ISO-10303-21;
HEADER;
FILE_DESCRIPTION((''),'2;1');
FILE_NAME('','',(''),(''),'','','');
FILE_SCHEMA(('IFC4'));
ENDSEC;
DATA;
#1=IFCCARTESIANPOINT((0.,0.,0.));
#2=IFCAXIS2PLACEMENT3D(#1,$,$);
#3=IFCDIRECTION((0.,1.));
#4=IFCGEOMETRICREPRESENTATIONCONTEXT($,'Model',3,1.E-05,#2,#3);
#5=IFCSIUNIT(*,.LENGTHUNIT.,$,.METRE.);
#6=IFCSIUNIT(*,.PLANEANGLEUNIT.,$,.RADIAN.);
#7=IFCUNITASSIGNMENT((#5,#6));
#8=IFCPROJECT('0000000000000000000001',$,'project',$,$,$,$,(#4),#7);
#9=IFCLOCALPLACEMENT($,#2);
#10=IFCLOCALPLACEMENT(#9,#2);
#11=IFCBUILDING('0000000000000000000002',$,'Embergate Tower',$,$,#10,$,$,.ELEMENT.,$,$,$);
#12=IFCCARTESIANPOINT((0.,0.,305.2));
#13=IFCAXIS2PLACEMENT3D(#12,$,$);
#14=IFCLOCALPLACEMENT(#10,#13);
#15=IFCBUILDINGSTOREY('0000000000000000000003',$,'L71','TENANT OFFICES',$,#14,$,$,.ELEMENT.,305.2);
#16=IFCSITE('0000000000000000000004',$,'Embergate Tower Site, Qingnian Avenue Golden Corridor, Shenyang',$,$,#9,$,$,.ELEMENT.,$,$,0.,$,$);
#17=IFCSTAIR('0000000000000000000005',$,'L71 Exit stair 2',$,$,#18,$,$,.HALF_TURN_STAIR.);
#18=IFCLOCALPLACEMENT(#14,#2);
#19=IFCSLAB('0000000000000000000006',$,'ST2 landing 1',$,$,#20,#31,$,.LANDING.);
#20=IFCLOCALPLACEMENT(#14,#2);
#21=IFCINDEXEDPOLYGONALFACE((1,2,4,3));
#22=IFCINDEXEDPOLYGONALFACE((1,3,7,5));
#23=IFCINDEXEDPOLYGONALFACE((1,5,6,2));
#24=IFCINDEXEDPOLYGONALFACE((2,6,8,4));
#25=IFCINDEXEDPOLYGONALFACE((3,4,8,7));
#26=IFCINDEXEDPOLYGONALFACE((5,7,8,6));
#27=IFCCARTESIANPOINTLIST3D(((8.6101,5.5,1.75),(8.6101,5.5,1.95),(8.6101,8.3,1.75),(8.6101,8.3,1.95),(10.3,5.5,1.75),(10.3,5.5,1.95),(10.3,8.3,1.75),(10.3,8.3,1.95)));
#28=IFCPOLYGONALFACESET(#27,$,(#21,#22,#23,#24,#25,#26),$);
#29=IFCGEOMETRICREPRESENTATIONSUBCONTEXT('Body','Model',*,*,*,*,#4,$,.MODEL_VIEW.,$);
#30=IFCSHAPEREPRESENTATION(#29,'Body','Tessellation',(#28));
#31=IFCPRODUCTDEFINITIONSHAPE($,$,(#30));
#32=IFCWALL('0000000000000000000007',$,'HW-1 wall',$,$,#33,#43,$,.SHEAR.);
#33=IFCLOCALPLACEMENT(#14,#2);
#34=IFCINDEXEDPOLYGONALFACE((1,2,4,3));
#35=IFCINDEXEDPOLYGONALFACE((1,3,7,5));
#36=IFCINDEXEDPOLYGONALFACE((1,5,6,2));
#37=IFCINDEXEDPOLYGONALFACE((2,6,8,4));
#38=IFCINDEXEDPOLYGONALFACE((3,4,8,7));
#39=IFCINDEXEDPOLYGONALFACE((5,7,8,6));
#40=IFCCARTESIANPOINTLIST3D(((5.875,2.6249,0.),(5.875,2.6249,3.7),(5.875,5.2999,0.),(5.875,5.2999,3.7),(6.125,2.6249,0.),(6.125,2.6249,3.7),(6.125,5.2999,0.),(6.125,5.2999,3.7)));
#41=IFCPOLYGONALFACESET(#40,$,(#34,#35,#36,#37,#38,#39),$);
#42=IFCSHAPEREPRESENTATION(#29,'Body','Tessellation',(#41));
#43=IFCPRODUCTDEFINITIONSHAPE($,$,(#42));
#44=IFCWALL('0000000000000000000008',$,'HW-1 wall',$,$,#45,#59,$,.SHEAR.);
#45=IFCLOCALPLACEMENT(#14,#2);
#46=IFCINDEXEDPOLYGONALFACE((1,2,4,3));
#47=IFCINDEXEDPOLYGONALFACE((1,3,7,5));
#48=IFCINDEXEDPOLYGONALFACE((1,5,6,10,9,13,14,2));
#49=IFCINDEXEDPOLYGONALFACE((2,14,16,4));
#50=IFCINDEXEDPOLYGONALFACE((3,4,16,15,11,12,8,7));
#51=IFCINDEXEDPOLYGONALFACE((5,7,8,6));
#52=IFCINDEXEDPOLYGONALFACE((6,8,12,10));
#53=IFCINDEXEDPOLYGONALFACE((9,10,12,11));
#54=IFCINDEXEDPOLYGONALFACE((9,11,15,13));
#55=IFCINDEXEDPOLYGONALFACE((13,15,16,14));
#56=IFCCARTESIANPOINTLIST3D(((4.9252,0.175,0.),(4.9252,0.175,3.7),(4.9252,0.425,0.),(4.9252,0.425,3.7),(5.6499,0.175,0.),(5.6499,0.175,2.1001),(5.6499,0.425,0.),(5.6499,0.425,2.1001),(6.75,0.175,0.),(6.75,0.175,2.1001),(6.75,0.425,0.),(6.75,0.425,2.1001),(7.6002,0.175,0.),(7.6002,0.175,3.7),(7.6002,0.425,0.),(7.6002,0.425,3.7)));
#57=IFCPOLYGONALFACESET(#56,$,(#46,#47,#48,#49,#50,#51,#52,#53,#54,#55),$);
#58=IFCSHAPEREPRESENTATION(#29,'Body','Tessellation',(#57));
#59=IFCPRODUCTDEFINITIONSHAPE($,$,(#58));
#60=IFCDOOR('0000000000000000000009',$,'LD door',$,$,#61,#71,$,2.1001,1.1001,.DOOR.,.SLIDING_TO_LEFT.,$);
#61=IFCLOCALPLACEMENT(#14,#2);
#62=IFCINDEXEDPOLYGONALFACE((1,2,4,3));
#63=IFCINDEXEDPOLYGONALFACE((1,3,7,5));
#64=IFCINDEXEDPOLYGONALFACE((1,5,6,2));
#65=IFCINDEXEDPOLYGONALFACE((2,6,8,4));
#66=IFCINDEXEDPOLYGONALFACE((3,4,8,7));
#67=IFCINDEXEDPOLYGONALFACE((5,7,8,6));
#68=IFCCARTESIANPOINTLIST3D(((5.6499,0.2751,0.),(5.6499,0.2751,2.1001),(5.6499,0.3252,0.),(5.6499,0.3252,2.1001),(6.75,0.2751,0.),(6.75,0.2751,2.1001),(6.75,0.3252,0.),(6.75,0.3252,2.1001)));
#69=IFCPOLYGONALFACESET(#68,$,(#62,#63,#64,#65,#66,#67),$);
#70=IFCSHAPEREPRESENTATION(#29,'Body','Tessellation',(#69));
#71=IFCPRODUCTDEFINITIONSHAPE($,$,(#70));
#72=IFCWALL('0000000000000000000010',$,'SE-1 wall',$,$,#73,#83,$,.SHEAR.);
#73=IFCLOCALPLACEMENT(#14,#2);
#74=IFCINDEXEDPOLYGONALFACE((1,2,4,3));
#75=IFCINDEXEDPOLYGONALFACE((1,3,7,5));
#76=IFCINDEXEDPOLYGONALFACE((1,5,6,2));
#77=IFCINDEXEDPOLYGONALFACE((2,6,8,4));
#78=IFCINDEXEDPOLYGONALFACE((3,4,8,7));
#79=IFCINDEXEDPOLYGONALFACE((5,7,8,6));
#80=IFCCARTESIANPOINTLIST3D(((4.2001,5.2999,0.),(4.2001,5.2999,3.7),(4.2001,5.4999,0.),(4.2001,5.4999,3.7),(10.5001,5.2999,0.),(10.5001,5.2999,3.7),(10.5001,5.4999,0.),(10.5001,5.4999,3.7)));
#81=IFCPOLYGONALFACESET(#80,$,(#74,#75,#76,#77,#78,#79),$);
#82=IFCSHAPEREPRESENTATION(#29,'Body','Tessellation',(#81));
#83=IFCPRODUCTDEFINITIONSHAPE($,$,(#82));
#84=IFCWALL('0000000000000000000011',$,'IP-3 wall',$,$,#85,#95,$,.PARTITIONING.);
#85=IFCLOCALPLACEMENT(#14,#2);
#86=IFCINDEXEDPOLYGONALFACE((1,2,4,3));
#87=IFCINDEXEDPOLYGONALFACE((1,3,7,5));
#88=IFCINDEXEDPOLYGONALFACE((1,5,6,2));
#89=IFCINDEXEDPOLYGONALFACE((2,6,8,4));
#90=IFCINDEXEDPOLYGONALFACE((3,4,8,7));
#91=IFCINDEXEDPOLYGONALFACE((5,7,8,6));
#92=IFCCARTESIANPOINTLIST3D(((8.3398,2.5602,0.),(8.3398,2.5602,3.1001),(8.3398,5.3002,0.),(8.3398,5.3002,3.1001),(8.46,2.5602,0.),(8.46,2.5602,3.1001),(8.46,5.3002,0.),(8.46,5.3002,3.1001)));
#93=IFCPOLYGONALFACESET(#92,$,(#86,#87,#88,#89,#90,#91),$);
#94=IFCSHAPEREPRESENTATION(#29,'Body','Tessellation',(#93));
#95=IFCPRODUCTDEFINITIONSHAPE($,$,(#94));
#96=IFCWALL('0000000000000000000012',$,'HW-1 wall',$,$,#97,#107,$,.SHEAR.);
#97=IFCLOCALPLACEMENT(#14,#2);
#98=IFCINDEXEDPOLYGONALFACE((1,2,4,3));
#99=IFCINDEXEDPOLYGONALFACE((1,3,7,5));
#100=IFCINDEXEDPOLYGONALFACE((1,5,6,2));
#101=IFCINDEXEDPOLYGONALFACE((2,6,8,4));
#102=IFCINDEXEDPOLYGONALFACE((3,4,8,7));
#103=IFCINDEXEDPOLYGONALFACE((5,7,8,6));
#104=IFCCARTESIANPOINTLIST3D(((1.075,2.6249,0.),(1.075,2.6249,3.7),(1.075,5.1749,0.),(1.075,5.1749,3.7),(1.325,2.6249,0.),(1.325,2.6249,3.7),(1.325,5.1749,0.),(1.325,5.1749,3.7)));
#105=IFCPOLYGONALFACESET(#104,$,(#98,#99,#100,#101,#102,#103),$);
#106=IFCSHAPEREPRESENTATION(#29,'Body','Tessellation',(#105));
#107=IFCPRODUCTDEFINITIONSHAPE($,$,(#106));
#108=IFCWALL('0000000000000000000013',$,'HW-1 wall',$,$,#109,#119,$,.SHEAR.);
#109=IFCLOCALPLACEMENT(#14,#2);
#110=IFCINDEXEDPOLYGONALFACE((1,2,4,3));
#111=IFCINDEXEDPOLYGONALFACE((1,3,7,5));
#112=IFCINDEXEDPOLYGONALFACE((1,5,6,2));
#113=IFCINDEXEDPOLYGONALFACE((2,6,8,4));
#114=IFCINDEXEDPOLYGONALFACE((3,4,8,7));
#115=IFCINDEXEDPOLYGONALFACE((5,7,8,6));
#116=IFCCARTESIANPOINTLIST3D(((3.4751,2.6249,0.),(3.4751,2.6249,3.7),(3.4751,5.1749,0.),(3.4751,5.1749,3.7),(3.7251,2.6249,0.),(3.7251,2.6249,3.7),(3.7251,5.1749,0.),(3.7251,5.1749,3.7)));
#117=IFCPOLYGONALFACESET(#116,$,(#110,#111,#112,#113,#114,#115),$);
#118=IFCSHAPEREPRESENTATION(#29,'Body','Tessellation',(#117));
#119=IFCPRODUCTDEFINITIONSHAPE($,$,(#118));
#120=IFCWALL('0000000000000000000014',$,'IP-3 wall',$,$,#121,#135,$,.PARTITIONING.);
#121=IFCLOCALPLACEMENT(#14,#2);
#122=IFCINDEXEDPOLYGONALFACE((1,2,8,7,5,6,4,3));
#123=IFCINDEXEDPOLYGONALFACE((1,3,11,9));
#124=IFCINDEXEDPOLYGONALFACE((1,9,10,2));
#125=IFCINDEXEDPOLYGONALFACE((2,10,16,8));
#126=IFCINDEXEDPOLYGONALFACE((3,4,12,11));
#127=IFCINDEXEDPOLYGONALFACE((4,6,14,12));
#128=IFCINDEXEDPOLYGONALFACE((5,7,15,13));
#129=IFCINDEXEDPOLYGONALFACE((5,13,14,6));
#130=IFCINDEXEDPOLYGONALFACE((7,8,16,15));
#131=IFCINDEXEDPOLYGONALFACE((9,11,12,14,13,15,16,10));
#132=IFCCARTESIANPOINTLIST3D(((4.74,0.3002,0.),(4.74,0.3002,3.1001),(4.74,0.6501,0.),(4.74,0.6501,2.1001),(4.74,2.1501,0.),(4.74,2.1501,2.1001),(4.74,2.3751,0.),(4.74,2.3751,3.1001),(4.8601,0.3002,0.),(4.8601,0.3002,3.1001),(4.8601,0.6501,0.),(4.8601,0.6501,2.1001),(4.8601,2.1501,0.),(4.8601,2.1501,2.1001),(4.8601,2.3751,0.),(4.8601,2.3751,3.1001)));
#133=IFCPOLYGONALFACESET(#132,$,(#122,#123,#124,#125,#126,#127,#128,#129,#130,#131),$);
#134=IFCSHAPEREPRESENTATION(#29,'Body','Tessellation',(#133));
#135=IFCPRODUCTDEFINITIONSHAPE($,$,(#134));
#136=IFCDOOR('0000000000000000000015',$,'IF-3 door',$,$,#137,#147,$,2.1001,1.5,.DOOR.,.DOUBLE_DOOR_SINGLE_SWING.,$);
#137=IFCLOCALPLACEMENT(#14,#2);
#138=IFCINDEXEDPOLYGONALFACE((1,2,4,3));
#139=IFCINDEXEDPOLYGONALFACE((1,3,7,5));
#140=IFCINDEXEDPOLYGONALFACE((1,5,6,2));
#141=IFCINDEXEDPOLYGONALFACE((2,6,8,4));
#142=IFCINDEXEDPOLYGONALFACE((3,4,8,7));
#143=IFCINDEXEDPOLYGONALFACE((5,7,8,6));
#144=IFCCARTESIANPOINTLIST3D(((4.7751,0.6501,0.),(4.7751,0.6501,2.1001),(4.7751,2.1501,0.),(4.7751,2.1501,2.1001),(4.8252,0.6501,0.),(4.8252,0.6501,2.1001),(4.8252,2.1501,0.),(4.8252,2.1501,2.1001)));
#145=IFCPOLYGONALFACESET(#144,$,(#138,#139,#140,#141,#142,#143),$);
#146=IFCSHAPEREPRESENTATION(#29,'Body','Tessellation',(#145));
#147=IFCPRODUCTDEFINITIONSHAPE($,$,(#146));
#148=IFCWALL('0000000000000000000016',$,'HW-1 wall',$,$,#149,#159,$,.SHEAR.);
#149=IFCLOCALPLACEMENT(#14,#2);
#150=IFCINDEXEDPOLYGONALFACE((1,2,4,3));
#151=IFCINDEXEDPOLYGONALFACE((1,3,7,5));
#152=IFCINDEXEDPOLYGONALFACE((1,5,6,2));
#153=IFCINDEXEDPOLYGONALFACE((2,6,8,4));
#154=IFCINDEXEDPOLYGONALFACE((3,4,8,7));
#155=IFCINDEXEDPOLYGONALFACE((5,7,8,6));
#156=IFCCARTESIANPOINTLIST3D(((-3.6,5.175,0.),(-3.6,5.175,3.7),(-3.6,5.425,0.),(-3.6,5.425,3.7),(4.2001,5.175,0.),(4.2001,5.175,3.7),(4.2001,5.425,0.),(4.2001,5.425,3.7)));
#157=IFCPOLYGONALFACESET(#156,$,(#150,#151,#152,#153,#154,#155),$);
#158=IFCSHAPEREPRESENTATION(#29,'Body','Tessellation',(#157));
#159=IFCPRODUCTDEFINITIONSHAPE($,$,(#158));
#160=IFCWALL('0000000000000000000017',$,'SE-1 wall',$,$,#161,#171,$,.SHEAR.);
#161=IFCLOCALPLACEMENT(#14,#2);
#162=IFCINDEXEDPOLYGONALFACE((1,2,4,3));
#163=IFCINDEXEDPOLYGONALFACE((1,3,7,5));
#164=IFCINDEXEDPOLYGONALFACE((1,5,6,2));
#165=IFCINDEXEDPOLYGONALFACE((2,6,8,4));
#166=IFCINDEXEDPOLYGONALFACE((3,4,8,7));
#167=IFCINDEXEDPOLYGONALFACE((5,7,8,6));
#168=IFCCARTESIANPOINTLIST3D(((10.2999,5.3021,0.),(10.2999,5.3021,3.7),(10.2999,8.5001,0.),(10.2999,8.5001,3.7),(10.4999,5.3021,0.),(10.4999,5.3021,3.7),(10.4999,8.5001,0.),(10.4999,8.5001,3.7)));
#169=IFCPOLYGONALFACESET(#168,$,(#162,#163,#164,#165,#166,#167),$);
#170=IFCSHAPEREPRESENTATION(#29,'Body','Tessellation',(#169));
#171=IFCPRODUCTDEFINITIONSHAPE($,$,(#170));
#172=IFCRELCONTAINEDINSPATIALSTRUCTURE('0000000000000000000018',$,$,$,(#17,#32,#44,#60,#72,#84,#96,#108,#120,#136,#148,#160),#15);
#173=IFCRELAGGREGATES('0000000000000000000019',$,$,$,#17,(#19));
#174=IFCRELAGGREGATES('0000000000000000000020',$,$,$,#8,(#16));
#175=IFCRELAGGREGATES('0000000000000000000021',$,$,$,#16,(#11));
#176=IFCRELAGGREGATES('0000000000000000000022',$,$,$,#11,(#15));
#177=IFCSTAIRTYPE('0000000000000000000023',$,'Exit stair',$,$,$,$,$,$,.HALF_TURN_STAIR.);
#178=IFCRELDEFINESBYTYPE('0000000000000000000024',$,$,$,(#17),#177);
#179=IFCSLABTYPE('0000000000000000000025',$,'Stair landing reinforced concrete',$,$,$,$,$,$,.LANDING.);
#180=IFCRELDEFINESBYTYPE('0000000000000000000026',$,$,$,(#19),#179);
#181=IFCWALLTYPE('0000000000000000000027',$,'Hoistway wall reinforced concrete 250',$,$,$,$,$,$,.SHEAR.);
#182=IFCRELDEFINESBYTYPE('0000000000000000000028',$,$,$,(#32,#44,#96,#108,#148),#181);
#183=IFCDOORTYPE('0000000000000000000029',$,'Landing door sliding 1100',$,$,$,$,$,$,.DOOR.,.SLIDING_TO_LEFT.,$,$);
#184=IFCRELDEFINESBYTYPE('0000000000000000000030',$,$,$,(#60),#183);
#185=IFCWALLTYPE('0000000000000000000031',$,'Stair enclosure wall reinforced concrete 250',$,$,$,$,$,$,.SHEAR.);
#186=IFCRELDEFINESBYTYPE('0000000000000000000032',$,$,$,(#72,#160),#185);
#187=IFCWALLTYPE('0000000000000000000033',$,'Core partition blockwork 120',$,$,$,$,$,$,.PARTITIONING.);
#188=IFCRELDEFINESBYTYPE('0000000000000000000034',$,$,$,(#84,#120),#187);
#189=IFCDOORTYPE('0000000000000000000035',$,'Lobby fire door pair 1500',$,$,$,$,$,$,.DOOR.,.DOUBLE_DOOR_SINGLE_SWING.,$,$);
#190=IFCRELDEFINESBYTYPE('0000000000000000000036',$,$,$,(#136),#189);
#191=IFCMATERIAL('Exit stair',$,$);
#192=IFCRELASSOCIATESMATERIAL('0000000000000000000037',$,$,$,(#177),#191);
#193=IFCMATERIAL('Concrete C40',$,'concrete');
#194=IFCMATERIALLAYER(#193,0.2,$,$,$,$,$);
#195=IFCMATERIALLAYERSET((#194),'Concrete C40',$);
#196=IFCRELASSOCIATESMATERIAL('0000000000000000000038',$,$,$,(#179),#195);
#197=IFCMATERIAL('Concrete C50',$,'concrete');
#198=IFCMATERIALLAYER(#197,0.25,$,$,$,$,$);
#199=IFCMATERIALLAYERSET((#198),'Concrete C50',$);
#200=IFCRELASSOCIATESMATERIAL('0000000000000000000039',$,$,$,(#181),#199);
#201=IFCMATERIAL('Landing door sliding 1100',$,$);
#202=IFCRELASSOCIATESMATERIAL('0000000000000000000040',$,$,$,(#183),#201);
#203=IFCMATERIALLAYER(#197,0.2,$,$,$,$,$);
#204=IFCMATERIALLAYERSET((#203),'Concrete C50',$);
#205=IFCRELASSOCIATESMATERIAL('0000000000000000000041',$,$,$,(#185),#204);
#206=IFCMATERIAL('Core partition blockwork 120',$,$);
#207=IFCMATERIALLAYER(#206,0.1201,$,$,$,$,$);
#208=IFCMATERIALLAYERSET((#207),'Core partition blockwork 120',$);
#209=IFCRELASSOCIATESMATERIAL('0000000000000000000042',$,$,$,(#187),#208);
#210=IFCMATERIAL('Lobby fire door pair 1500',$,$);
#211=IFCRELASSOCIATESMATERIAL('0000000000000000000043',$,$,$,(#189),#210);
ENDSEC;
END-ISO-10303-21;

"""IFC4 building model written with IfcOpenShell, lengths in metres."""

from ifc_helpers import new_model, si_unit, direction, frame, frame_2d, origin, place, context, subcontext, project, spatial, polyline, rectangle, outline, extrude, source, transform, mapped, material, layer, layer_set, type_object, element, fill, aggregate, save


model = new_model("IFC4")

# Units and contexts
model_context = context("Model", 3, precision=1e-05, world=origin(), true_north=direction((0.0, 1.0)))
body_context = subcontext(model_context, "Body", "Model", "MODEL_VIEW")
ifc_project = project(units=[si_unit("LENGTHUNIT", "METRE"), si_unit("PLANEANGLEUNIT", "RADIAN")], contexts=[model_context])

# Site, building, storey
site_placement = place(None, origin())
site = spatial("IfcSite", under=ifc_project, at=site_placement, Name="Embergate Tower Site, Qingnian Avenue Golden Corridor, Shenyang", CompositionType="ELEMENT", RefElevation=0.0)
building_placement = place(site_placement, origin())
building = spatial("IfcBuilding", under=site, at=building_placement, Name="Embergate Tower", CompositionType="ELEMENT")
storey_placement = place(building_placement, frame((0.0, 0.0, 305.2)))
storey = spatial("IfcBuildingStorey", under=building, at=storey_placement, Name="L71", Description="TENANT OFFICES", CompositionType="ELEMENT", Elevation=305.2)

# Stair, slab
ifc_material_1 = material(Name="Exit stair")
stair_type = type_object("IfcStairType", Name="Exit stair", PredefinedType="HALF_TURN_STAIR", material=ifc_material_1)
stair_placement = place(storey_placement, origin())
stair = element("IfcStair", 1, at=stair_placement, inside=storey, type_object=stair_type, Name="L71 Exit stair 2", PredefinedType="HALF_TURN_STAIR")
ifc_material_2 = material(Name="Concrete C40", Category="concrete")
ifc_layer_1 = layer(ifc_material_2, 0.2)
ifc_layer_set_1 = layer_set([ifc_layer_1], Name="Concrete C40")
slab_type = type_object("IfcSlabType", Name="Stair landing reinforced concrete", PredefinedType="LANDING", material=ifc_layer_set_1)
shared_shape_1 = source(origin(), body_context, "Body", "SweptSolid", [
    extrude(outline(polyline([(0.0, 0.0), (1.6899, 0.0), (1.6899, 2.8), (0.0, 2.8), (0.0, 0.0)])), origin(), (0.0, 0.0, 1.0), 0.2),
])
slab_placement = place(storey_placement, frame((8.6101, 5.5, 1.75)))
slab = element("IfcSlab", 2, at=slab_placement, type_object=slab_type, Name="ST2 landing 1", PredefinedType="LANDING", context=body_context, shape_type="MappedRepresentation", body=[
    mapped(shared_shape_1, transform((0.0, 0.0, 0.0))),
])
aggregate(stair, [slab])

# Wall
ifc_material_3 = material(Name="Concrete C50", Category="concrete")
ifc_layer_2 = layer(ifc_material_3, 0.25)
ifc_layer_set_2 = layer_set([ifc_layer_2], Name="Concrete C50")
wall_type_1 = type_object("IfcWallType", Name="Hoistway wall reinforced concrete 250", PredefinedType="SHEAR", material=ifc_layer_set_2)
shared_shape_2 = source(origin(), body_context, "Body", "SweptSolid", [
    extrude(rectangle(XDim=2.675, YDim=0.25, at=frame_2d((1.3374, 0.0))), origin(), (0.0, 0.0, 1.0), 3.7),
])
wall_1_placement = place(storey_placement, frame((6.0, 2.625, 0.0), z_axis=(0.0, 0.0, 1.0), x_axis=(0.0, 1.0, 0.0)))
element("IfcWall", 3, at=wall_1_placement, inside=storey, type_object=wall_type_1, Name="HW-1 wall", PredefinedType="SHEAR", context=body_context, shape_type="MappedRepresentation", body=[
    mapped(shared_shape_2, transform((0.0, 0.0, 0.0))),
])

# Wall, opening, door
wall_2_placement = place(storey_placement, frame((7.6001, 0.3, 0.0), z_axis=(0.0, 0.0, 1.0), x_axis=(-1.0, 0.0, 0.0)))
wall_2 = element("IfcWall", 4, at=wall_2_placement, inside=storey, type_object=wall_type_1, Name="HW-1 wall", PredefinedType="SHEAR", context=body_context, shape_type="MappedRepresentation", body=[
    mapped(shared_shape_2, transform((0.0, 0.0, 0.0))),
])
shared_shape_3 = source(origin(), body_context, "Body", "SweptSolid", [
    extrude(rectangle(XDim=1.1001, YDim=2.1001, at=frame_2d((0.55, 1.05))), frame((0.0, 0.135, 0.0), z_axis=(0.0, -1.0, 0.0), x_axis=(1.0, 0.0, 0.0)), (0.0, 0.0, 1.0), 0.27),
])
opening_1_placement = place(wall_2_placement, frame((0.8501, 0.0, 0.0)))
opening_1 = element("IfcOpeningElement", 5, at=opening_1_placement, cuts=wall_2, PredefinedType="OPENING", context=body_context, shape_type="MappedRepresentation", body=[
    mapped(shared_shape_3, transform((0.0, 0.0, 0.0))),
])
ifc_material_4 = material(Name="Landing door sliding 1100")
door_type_1 = type_object("IfcDoorType", Name="Landing door sliding 1100", OperationType="SLIDING_TO_LEFT", PredefinedType="DOOR", material=ifc_material_4)
shared_shape_4 = source(origin(), body_context, "Body", "SweptSolid", [
    extrude(rectangle(XDim=1.1001, YDim=2.1001, at=frame_2d((0.55, 1.05))), frame((0.0, 0.0249, 0.0), z_axis=(0.0, -1.0, 0.0), x_axis=(1.0, 0.0, 0.0)), (0.0, 0.0, 1.0), 0.05),
])
door_1_placement = place(opening_1_placement, origin())
door_1 = element("IfcDoor", 6, at=door_1_placement, inside=storey, type_object=door_type_1, Name="LD door", OperationType="SLIDING_TO_LEFT", OverallHeight=2.1001, OverallWidth=1.1001, PredefinedType="DOOR", context=body_context, shape_type="MappedRepresentation", body=[
    mapped(shared_shape_4, transform((0.0, 0.0, 0.0))),
])
fill(opening_1, door_1)

# Walls
ifc_layer_3 = layer(ifc_material_3, 0.2)
ifc_layer_set_3 = layer_set([ifc_layer_3], Name="Concrete C50")
wall_type_2 = type_object("IfcWallType", Name="Stair enclosure wall reinforced concrete 250", PredefinedType="SHEAR", material=ifc_layer_set_3)
shared_shape_5 = source(origin(), body_context, "Body", "SweptSolid", [
    extrude(rectangle(XDim=6.3, YDim=0.2, at=frame_2d((3.1499, 0.0))), origin(), (0.0, 0.0, 1.0), 3.7),
])
wall_3_placement = place(storey_placement, frame((10.5, 5.3999, 0.0), z_axis=(0.0, 0.0, 1.0), x_axis=(-1.0, 0.0, 0.0)))
element("IfcWall", 7, at=wall_3_placement, inside=storey, type_object=wall_type_2, Name="SE-1 wall", PredefinedType="SHEAR", context=body_context, shape_type="MappedRepresentation", body=[
    mapped(shared_shape_5, transform((0.0, 0.0, 0.0))),
])
ifc_material_5 = material(Name="Core partition blockwork 120")
ifc_layer_4 = layer(ifc_material_5, 0.1201)
ifc_layer_set_4 = layer_set([ifc_layer_4], Name="Core partition blockwork 120")
wall_type_3 = type_object("IfcWallType", Name="Core partition blockwork 120", PredefinedType="PARTITIONING", material=ifc_layer_set_4)
shared_shape_6 = source(origin(), body_context, "Body", "SweptSolid", [
    extrude(rectangle(XDim=2.74, YDim=0.1201, at=frame_2d((1.3701, 0.0))), origin(), (0.0, 0.0, 1.0), 3.1001),
])
wall_4_placement = place(storey_placement, frame((8.3999, 2.5601, 0.0), z_axis=(0.0, 0.0, 1.0), x_axis=(0.0, 1.0, 0.0)))
element("IfcWall", 8, at=wall_4_placement, inside=storey, type_object=wall_type_3, Name="IP-3 wall", PredefinedType="PARTITIONING", context=body_context, shape_type="MappedRepresentation", body=[
    mapped(shared_shape_6, transform((0.0, 0.0, 0.0))),
])
shared_shape_7 = source(origin(), body_context, "Body", "SweptSolid", [
    extrude(rectangle(XDim=2.55, YDim=0.25, at=frame_2d((1.2749, 0.0))), origin(), (0.0, 0.0, 1.0), 3.7),
])
for number, where, z_axis, x_axis, name in (
    (9, (1.2, 2.625, 0.0), (0.0, 0.0, 1.0), (0.0, 1.0, 0.0), "HW-1 wall"),
    (10, (3.6001, 2.625, 0.0), (0.0, 0.0, 1.0), (0.0, 1.0, 0.0), "HW-1 wall"),
):
    element("IfcWall", number, at=place(storey_placement, frame(where, z_axis=z_axis, x_axis=x_axis)), inside=storey, type_object=wall_type_1, Name=name, PredefinedType="SHEAR", context=body_context, shape_type="MappedRepresentation", body=[
        mapped(shared_shape_7, transform((0.0, 0.0, 0.0))),
    ])

# Wall, opening, door
shared_shape_8 = source(origin(), body_context, "Body", "SweptSolid", [
    extrude(rectangle(XDim=2.075, YDim=0.1201, at=frame_2d((1.0376, 0.0))), origin(), (0.0, 0.0, 1.0), 3.1001),
])
wall_5_placement = place(storey_placement, frame((4.8, 0.3, 0.0), z_axis=(0.0, 0.0, 1.0), x_axis=(0.0, 1.0, 0.0)))
wall_5 = element("IfcWall", 11, at=wall_5_placement, inside=storey, type_object=wall_type_3, Name="IP-3 wall", PredefinedType="PARTITIONING", context=body_context, shape_type="MappedRepresentation", body=[
    mapped(shared_shape_8, transform((0.0, 0.0, 0.0))),
])
shared_shape_9 = source(origin(), body_context, "Body", "SweptSolid", [
    extrude(rectangle(XDim=1.5, YDim=2.1001, at=frame_2d((0.75, 1.05))), frame((0.0, 0.0701, 0.0), z_axis=(0.0, -1.0, 0.0), x_axis=(1.0, 0.0, 0.0)), (0.0, 0.0, 1.0), 0.1401),
])
opening_2_placement = place(wall_5_placement, frame((0.3501, 0.0, 0.0)))
opening_2 = element("IfcOpeningElement", 12, at=opening_2_placement, cuts=wall_5, PredefinedType="OPENING", context=body_context, shape_type="MappedRepresentation", body=[
    mapped(shared_shape_9, transform((0.0, 0.0, 0.0))),
])
ifc_material_6 = material(Name="Lobby fire door pair 1500")
door_type_2 = type_object("IfcDoorType", Name="Lobby fire door pair 1500", OperationType="DOUBLE_DOOR_SINGLE_SWING", PredefinedType="DOOR", material=ifc_material_6)
shared_shape_10 = source(origin(), body_context, "Body", "SweptSolid", [
    extrude(rectangle(XDim=1.5, YDim=2.1001, at=frame_2d((0.75, 1.05))), frame((0.0, 0.0249, 0.0), z_axis=(0.0, -1.0, 0.0), x_axis=(1.0, 0.0, 0.0)), (0.0, 0.0, 1.0), 0.05),
])
door_2_placement = place(opening_2_placement, origin())
door_2 = element("IfcDoor", 13, at=door_2_placement, inside=storey, type_object=door_type_2, Name="IF-3 door", OperationType="DOUBLE_DOOR_SINGLE_SWING", OverallHeight=2.1001, OverallWidth=1.5, PredefinedType="DOOR", context=body_context, shape_type="MappedRepresentation", body=[
    mapped(shared_shape_10, transform((0.0, 0.0, 0.0))),
])
fill(opening_2, door_2)

# Walls
shared_shape_11 = source(origin(), body_context, "Body", "SweptSolid", [
    extrude(rectangle(XDim=7.8, YDim=0.25, at=frame_2d((3.8999, 0.0))), origin(), (0.0, 0.0, 1.0), 3.7),
])
wall_6_placement = place(storey_placement, frame((4.2, 5.3, 0.0), z_axis=(0.0, 0.0, 1.0), x_axis=(-1.0, 0.0, 0.0)))
element("IfcWall", 14, at=wall_6_placement, inside=storey, type_object=wall_type_1, Name="HW-1 wall", PredefinedType="SHEAR", context=body_context, shape_type="MappedRepresentation", body=[
    mapped(shared_shape_11, transform((0.0, 0.0, 0.0))),
])
shared_shape_12 = source(origin(), body_context, "Body", "SweptSolid", [
    extrude(rectangle(XDim=3.198, YDim=0.2, at=frame_2d((1.5991, 0.0))), origin(), (0.0, 0.0, 1.0), 3.7),
])
wall_7_placement = place(storey_placement, frame((10.3999, 5.302, 0.0), z_axis=(0.0, 0.0, 1.0), x_axis=(0.0, 1.0, 0.0)))
element("IfcWall", 15, at=wall_7_placement, inside=storey, type_object=wall_type_2, Name="SE-1 wall", PredefinedType="SHEAR", context=body_context, shape_type="MappedRepresentation", body=[
    mapped(shared_shape_12, transform((0.0, 0.0, 0.0))),
])

save(model, "model.ifc")
